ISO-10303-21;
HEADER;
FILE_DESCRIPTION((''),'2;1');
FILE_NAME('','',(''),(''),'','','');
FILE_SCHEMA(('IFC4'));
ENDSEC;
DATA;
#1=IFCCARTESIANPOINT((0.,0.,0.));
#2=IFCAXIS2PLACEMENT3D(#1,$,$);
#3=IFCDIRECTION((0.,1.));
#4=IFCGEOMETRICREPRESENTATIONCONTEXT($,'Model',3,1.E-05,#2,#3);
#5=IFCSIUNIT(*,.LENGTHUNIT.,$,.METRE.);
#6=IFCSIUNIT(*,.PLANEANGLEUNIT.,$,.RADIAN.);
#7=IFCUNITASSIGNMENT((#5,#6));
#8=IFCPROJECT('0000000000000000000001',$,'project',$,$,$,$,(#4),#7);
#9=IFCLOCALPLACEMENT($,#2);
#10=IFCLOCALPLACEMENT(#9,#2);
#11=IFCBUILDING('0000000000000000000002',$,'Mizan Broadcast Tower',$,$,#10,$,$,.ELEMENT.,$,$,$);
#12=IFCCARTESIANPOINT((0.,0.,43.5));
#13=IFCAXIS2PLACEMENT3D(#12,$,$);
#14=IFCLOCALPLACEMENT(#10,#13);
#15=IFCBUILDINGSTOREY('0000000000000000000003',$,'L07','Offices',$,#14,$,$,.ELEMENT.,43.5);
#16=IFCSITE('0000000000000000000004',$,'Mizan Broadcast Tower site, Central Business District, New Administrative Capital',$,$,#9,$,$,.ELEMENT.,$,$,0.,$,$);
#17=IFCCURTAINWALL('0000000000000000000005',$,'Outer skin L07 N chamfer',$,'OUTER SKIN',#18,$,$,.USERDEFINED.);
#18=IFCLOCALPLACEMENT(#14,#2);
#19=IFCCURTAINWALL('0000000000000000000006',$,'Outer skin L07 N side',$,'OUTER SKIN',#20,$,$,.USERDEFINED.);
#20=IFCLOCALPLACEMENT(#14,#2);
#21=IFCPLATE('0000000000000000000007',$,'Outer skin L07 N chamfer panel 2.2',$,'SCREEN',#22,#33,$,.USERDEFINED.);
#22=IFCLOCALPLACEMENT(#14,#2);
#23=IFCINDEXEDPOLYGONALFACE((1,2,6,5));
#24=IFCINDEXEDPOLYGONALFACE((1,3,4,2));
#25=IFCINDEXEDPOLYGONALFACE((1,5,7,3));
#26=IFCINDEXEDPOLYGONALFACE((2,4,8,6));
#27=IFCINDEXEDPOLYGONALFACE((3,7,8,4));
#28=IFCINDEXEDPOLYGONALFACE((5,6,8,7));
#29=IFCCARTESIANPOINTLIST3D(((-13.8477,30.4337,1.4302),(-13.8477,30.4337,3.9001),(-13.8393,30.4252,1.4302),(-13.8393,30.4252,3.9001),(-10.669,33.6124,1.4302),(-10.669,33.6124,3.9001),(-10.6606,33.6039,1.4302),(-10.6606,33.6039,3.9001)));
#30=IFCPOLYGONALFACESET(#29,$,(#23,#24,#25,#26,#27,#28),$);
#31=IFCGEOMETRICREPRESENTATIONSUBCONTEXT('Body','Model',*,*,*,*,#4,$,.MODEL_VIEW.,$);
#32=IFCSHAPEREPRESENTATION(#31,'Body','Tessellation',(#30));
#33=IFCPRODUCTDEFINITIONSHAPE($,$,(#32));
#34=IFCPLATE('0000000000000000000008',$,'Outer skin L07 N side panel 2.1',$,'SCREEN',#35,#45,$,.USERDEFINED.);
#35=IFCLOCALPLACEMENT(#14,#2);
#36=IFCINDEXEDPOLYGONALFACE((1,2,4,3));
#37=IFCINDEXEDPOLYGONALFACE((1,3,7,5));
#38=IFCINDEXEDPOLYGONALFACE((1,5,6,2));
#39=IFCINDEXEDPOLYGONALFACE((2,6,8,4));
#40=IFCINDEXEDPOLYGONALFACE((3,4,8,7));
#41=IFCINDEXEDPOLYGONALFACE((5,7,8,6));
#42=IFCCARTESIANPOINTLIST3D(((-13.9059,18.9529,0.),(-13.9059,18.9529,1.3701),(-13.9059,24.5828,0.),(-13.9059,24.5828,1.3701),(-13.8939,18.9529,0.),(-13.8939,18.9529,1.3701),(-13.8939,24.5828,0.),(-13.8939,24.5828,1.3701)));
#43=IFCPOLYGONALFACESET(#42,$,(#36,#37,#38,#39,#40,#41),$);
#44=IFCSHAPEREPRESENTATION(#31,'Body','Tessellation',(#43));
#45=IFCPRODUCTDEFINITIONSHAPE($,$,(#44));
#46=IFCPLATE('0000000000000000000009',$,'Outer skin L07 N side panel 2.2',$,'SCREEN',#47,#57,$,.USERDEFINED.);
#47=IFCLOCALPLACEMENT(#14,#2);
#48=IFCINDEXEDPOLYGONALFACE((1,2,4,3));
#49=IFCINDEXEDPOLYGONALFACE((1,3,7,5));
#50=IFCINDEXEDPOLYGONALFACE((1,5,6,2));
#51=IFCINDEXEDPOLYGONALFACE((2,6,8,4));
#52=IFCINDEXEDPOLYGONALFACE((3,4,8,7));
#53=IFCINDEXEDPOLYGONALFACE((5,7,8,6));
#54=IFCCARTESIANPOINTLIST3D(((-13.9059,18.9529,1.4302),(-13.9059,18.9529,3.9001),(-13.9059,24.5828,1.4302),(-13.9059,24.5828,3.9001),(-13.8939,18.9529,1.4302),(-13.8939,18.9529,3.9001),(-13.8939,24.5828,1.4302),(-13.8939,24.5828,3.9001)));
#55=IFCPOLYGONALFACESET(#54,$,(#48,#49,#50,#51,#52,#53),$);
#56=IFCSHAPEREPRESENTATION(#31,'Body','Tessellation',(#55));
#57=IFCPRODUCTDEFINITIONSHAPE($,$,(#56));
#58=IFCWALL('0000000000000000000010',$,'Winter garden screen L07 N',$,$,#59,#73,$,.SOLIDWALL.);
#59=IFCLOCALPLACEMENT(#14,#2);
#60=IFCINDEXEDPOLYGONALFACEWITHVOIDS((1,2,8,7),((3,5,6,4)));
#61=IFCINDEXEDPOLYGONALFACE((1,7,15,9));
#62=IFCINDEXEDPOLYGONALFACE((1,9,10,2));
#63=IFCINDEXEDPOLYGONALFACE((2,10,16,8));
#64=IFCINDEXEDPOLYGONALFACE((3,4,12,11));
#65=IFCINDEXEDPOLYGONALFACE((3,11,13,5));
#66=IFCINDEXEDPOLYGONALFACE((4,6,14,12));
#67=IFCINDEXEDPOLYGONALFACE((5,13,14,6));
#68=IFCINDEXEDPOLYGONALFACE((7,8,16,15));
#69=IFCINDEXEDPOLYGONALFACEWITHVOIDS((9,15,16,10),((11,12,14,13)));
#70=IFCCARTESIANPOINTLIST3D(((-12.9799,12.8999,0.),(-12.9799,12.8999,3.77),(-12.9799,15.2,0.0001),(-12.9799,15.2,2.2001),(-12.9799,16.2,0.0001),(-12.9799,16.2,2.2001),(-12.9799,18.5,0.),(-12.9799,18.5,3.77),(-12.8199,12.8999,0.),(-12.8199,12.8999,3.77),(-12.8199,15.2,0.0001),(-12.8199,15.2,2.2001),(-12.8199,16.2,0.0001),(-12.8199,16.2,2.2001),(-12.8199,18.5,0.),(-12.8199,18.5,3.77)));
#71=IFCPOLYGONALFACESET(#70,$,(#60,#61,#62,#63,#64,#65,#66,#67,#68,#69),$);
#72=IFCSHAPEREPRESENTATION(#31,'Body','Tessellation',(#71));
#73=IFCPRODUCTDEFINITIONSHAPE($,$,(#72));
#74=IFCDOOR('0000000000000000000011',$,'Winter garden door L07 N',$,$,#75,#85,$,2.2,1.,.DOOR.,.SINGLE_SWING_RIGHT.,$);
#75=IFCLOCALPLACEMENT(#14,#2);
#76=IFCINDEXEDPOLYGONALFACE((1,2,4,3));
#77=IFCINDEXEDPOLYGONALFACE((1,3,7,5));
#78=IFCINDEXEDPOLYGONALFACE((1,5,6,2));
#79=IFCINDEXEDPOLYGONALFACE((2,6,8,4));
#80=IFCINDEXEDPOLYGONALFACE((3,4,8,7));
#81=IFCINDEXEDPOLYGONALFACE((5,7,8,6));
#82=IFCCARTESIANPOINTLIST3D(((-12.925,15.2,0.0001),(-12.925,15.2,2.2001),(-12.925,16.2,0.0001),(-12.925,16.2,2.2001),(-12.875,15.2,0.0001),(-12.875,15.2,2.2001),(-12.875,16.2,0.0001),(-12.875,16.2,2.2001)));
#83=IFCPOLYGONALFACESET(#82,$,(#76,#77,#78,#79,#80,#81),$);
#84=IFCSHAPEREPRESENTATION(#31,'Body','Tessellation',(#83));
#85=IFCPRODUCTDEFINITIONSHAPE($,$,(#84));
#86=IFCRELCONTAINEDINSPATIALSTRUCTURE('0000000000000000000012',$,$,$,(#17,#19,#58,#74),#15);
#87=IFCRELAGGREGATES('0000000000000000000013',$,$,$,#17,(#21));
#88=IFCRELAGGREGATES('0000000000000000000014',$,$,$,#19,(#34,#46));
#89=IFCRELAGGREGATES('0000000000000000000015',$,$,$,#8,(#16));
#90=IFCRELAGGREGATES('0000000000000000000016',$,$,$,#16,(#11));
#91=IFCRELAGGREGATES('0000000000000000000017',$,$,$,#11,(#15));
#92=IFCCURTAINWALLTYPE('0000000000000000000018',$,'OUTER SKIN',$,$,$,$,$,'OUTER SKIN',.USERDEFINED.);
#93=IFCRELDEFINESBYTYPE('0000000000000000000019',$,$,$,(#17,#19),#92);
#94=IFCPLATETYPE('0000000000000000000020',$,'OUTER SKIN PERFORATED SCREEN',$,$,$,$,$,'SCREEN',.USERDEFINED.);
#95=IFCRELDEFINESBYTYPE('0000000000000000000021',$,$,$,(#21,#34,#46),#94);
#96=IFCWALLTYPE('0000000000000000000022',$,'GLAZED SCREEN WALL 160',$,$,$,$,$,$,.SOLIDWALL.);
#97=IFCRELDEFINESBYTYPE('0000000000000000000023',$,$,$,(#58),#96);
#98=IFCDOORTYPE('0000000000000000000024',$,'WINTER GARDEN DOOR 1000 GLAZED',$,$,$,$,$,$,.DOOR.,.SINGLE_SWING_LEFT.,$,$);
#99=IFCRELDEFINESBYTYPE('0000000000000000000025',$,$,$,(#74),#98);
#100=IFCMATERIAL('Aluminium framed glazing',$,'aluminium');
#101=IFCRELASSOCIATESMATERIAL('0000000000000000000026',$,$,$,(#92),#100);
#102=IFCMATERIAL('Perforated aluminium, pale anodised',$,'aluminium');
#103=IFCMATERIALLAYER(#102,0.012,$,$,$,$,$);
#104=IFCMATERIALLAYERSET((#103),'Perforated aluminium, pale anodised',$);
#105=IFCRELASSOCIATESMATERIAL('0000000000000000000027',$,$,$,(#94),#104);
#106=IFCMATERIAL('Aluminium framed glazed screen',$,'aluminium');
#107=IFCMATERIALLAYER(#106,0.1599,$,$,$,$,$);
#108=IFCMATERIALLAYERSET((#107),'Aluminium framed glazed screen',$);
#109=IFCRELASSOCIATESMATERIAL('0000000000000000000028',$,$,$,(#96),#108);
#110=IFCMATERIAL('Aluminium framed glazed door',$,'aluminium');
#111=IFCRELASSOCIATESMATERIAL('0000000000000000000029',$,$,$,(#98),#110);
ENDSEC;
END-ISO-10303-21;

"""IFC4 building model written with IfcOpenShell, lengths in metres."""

from ifc_helpers import new_model, si_unit, direction, frame, frame_2d, origin, origin_2d, place, context, subcontext, project, spatial, rectangle, extrude, material, layer, layer_set, type_object, element, fill, aggregate, save


model = new_model("IFC4")

# Units and contexts
model_context = context("Model", 3, precision=1e-05, world=origin(), true_north=direction((0.0, 1.0)))
body_context = subcontext(model_context, "Body", "Model", "MODEL_VIEW")
ifc_project = project(units=[si_unit("LENGTHUNIT", "METRE"), si_unit("PLANEANGLEUNIT", "RADIAN")], contexts=[model_context])

# Site, building, storey
site_placement = place(None, origin())
site = spatial("IfcSite", under=ifc_project, at=site_placement, Name="Mizan Broadcast Tower site, Central Business District, New Administrative Capital", CompositionType="ELEMENT", RefElevation=0.0)
building_placement = place(site_placement, origin())
building = spatial("IfcBuilding", under=site, at=building_placement, Name="Mizan Broadcast Tower", CompositionType="ELEMENT")
storey_placement = place(building_placement, frame((0.0, 0.0, 43.5)))
storey = spatial("IfcBuildingStorey", under=building, at=storey_placement, Name="L07", Description="Offices", CompositionType="ELEMENT", Elevation=43.5)

# Curtain wall
ifc_material_1 = material(Name="Aluminium framed glazing", Category="aluminium")
curtain_wall_type_1 = type_object("IfcCurtainWallType", Name="OUTER SKIN", ElementType="OUTER SKIN", PredefinedType="USERDEFINED", material=ifc_material_1)
curtain_wall_1_placement = place(storey_placement, origin())
curtain_wall_1 = element("IfcCurtainWall", 1, at=curtain_wall_1_placement, inside=storey, type_object=curtain_wall_type_1, Name="Outer skin L07 N chamfer", ObjectType="OUTER SKIN", PredefinedType="USERDEFINED")

# Curtain wall
curtain_wall_2_placement = place(storey_placement, origin())
curtain_wall_2 = element("IfcCurtainWall", 2, at=curtain_wall_2_placement, inside=storey, type_object=curtain_wall_type_1, Name="Outer skin L07 N side", ObjectType="OUTER SKIN", PredefinedType="USERDEFINED")

# Plates
ifc_material_2 = material(Name="Perforated aluminium, pale anodised", Category="aluminium")
ifc_layer_1 = layer(ifc_material_2, 0.012)
ifc_layer_set_1 = layer_set([ifc_layer_1], Name="Perforated aluminium, pale anodised")
plate_type_1 = type_object("IfcPlateType", Name="OUTER SKIN PERFORATED SCREEN", ElementType="SCREEN", PredefinedType="USERDEFINED", material=ifc_layer_set_1)
plate_1_placement = place(storey_placement, frame((-12.2542, 32.0188, 1.4302), z_axis=(0.0, 0.0, 1.0), x_axis=(-0.707107, -0.707107, 0.0)))
plate_1 = element("IfcPlate", 3, at=plate_1_placement, type_object=plate_type_1, Name="Outer skin L07 N chamfer panel 2.2", ObjectType="SCREEN", PredefinedType="USERDEFINED", context=body_context, shape_type="SweptSolid", body=[
    extrude(rectangle(XDim=4.4954, YDim=0.012, at=origin_2d()), origin(), (0.0, 0.0, 1.0), 2.47),
])
aggregate(curtain_wall_1, [plate_1])
plate_2_placement = place(storey_placement, frame((-13.8999, 21.7678, 0.0), z_axis=(0.0, 0.0, 1.0), x_axis=(0.0, -1.0, 0.0)))
plate_2 = element("IfcPlate", 4, at=plate_2_placement, type_object=plate_type_1, Name="Outer skin L07 N side panel 2.1", ObjectType="SCREEN", PredefinedType="USERDEFINED", context=body_context, shape_type="SweptSolid", body=[
    extrude(rectangle(XDim=5.6299, YDim=0.012, at=origin_2d()), origin(), (0.0, 0.0, 1.0), 1.3701),
])
plate_3_placement = place(storey_placement, frame((-13.8999, 21.7678, 1.4302), z_axis=(0.0, 0.0, 1.0), x_axis=(0.0, -1.0, 0.0)))
plate_3 = element("IfcPlate", 5, at=plate_3_placement, type_object=plate_type_1, Name="Outer skin L07 N side panel 2.2", ObjectType="SCREEN", PredefinedType="USERDEFINED", context=body_context, shape_type="SweptSolid", body=[
    extrude(rectangle(XDim=5.6299, YDim=0.012, at=origin_2d()), origin(), (0.0, 0.0, 1.0), 2.47),
])
aggregate(curtain_wall_2, [plate_2, plate_3])

# Wall, opening, door
ifc_material_3 = material(Name="Aluminium framed glazed screen", Category="aluminium")
ifc_layer_2 = layer(ifc_material_3, 0.1599)
ifc_layer_set_2 = layer_set([ifc_layer_2], Name="Aluminium framed glazed screen")
wall_type = type_object("IfcWallType", Name="GLAZED SCREEN WALL 160", PredefinedType="SOLIDWALL", material=ifc_layer_set_2)
wall_placement = place(storey_placement, frame((-12.8999, 18.5, 0.0), z_axis=(0.0, 0.0, 1.0), x_axis=(0.0, -1.0, 0.0)))
wall = element("IfcWall", 6, at=wall_placement, inside=storey, type_object=wall_type, Name="Winter garden screen L07 N", PredefinedType="SOLIDWALL", context=body_context, shape_type="SweptSolid", body=[
    extrude(rectangle(XDim=5.6001, YDim=0.1599, at=frame_2d((2.8, 0.0))), origin(), (0.0, 0.0, 1.0), 3.77),
])
opening_placement = place(wall_placement, frame((2.3, 0.0, 0.0)))
opening = element("IfcOpeningElement", 7, at=opening_placement, cuts=wall, PredefinedType="OPENING", context=body_context, shape_type="SweptSolid", body=[
    extrude(rectangle(XDim=1.0, YDim=2.2, at=frame_2d((0.5, 1.1001))), frame((0.0, 0.0898, 0.0), z_axis=(0.0, -1.0, 0.0), x_axis=(1.0, 0.0, 0.0)), (0.0, 0.0, 1.0), 0.1799),
])
ifc_material_4 = material(Name="Aluminium framed glazed door", Category="aluminium")
door_type = type_object("IfcDoorType", Name="WINTER GARDEN DOOR 1000 GLAZED", OperationType="SINGLE_SWING_LEFT", PredefinedType="DOOR", material=ifc_material_4)
door_placement = place(opening_placement, origin())
door = element("IfcDoor", 8, at=door_placement, inside=storey, type_object=door_type, Name="Winter garden door L07 N", OperationType="SINGLE_SWING_RIGHT", OverallHeight=2.2, OverallWidth=1.0, PredefinedType="DOOR", context=body_context, shape_type="SweptSolid", body=[
    extrude(rectangle(XDim=1.0, YDim=2.2, at=frame_2d((0.5, 1.1001))), frame((0.0, 0.0249, 0.0), z_axis=(0.0, -1.0, 0.0), x_axis=(1.0, 0.0, 0.0)), (0.0, 0.0, 1.0), 0.05),
])
fill(opening, door)

save(model, "model.ifc")
